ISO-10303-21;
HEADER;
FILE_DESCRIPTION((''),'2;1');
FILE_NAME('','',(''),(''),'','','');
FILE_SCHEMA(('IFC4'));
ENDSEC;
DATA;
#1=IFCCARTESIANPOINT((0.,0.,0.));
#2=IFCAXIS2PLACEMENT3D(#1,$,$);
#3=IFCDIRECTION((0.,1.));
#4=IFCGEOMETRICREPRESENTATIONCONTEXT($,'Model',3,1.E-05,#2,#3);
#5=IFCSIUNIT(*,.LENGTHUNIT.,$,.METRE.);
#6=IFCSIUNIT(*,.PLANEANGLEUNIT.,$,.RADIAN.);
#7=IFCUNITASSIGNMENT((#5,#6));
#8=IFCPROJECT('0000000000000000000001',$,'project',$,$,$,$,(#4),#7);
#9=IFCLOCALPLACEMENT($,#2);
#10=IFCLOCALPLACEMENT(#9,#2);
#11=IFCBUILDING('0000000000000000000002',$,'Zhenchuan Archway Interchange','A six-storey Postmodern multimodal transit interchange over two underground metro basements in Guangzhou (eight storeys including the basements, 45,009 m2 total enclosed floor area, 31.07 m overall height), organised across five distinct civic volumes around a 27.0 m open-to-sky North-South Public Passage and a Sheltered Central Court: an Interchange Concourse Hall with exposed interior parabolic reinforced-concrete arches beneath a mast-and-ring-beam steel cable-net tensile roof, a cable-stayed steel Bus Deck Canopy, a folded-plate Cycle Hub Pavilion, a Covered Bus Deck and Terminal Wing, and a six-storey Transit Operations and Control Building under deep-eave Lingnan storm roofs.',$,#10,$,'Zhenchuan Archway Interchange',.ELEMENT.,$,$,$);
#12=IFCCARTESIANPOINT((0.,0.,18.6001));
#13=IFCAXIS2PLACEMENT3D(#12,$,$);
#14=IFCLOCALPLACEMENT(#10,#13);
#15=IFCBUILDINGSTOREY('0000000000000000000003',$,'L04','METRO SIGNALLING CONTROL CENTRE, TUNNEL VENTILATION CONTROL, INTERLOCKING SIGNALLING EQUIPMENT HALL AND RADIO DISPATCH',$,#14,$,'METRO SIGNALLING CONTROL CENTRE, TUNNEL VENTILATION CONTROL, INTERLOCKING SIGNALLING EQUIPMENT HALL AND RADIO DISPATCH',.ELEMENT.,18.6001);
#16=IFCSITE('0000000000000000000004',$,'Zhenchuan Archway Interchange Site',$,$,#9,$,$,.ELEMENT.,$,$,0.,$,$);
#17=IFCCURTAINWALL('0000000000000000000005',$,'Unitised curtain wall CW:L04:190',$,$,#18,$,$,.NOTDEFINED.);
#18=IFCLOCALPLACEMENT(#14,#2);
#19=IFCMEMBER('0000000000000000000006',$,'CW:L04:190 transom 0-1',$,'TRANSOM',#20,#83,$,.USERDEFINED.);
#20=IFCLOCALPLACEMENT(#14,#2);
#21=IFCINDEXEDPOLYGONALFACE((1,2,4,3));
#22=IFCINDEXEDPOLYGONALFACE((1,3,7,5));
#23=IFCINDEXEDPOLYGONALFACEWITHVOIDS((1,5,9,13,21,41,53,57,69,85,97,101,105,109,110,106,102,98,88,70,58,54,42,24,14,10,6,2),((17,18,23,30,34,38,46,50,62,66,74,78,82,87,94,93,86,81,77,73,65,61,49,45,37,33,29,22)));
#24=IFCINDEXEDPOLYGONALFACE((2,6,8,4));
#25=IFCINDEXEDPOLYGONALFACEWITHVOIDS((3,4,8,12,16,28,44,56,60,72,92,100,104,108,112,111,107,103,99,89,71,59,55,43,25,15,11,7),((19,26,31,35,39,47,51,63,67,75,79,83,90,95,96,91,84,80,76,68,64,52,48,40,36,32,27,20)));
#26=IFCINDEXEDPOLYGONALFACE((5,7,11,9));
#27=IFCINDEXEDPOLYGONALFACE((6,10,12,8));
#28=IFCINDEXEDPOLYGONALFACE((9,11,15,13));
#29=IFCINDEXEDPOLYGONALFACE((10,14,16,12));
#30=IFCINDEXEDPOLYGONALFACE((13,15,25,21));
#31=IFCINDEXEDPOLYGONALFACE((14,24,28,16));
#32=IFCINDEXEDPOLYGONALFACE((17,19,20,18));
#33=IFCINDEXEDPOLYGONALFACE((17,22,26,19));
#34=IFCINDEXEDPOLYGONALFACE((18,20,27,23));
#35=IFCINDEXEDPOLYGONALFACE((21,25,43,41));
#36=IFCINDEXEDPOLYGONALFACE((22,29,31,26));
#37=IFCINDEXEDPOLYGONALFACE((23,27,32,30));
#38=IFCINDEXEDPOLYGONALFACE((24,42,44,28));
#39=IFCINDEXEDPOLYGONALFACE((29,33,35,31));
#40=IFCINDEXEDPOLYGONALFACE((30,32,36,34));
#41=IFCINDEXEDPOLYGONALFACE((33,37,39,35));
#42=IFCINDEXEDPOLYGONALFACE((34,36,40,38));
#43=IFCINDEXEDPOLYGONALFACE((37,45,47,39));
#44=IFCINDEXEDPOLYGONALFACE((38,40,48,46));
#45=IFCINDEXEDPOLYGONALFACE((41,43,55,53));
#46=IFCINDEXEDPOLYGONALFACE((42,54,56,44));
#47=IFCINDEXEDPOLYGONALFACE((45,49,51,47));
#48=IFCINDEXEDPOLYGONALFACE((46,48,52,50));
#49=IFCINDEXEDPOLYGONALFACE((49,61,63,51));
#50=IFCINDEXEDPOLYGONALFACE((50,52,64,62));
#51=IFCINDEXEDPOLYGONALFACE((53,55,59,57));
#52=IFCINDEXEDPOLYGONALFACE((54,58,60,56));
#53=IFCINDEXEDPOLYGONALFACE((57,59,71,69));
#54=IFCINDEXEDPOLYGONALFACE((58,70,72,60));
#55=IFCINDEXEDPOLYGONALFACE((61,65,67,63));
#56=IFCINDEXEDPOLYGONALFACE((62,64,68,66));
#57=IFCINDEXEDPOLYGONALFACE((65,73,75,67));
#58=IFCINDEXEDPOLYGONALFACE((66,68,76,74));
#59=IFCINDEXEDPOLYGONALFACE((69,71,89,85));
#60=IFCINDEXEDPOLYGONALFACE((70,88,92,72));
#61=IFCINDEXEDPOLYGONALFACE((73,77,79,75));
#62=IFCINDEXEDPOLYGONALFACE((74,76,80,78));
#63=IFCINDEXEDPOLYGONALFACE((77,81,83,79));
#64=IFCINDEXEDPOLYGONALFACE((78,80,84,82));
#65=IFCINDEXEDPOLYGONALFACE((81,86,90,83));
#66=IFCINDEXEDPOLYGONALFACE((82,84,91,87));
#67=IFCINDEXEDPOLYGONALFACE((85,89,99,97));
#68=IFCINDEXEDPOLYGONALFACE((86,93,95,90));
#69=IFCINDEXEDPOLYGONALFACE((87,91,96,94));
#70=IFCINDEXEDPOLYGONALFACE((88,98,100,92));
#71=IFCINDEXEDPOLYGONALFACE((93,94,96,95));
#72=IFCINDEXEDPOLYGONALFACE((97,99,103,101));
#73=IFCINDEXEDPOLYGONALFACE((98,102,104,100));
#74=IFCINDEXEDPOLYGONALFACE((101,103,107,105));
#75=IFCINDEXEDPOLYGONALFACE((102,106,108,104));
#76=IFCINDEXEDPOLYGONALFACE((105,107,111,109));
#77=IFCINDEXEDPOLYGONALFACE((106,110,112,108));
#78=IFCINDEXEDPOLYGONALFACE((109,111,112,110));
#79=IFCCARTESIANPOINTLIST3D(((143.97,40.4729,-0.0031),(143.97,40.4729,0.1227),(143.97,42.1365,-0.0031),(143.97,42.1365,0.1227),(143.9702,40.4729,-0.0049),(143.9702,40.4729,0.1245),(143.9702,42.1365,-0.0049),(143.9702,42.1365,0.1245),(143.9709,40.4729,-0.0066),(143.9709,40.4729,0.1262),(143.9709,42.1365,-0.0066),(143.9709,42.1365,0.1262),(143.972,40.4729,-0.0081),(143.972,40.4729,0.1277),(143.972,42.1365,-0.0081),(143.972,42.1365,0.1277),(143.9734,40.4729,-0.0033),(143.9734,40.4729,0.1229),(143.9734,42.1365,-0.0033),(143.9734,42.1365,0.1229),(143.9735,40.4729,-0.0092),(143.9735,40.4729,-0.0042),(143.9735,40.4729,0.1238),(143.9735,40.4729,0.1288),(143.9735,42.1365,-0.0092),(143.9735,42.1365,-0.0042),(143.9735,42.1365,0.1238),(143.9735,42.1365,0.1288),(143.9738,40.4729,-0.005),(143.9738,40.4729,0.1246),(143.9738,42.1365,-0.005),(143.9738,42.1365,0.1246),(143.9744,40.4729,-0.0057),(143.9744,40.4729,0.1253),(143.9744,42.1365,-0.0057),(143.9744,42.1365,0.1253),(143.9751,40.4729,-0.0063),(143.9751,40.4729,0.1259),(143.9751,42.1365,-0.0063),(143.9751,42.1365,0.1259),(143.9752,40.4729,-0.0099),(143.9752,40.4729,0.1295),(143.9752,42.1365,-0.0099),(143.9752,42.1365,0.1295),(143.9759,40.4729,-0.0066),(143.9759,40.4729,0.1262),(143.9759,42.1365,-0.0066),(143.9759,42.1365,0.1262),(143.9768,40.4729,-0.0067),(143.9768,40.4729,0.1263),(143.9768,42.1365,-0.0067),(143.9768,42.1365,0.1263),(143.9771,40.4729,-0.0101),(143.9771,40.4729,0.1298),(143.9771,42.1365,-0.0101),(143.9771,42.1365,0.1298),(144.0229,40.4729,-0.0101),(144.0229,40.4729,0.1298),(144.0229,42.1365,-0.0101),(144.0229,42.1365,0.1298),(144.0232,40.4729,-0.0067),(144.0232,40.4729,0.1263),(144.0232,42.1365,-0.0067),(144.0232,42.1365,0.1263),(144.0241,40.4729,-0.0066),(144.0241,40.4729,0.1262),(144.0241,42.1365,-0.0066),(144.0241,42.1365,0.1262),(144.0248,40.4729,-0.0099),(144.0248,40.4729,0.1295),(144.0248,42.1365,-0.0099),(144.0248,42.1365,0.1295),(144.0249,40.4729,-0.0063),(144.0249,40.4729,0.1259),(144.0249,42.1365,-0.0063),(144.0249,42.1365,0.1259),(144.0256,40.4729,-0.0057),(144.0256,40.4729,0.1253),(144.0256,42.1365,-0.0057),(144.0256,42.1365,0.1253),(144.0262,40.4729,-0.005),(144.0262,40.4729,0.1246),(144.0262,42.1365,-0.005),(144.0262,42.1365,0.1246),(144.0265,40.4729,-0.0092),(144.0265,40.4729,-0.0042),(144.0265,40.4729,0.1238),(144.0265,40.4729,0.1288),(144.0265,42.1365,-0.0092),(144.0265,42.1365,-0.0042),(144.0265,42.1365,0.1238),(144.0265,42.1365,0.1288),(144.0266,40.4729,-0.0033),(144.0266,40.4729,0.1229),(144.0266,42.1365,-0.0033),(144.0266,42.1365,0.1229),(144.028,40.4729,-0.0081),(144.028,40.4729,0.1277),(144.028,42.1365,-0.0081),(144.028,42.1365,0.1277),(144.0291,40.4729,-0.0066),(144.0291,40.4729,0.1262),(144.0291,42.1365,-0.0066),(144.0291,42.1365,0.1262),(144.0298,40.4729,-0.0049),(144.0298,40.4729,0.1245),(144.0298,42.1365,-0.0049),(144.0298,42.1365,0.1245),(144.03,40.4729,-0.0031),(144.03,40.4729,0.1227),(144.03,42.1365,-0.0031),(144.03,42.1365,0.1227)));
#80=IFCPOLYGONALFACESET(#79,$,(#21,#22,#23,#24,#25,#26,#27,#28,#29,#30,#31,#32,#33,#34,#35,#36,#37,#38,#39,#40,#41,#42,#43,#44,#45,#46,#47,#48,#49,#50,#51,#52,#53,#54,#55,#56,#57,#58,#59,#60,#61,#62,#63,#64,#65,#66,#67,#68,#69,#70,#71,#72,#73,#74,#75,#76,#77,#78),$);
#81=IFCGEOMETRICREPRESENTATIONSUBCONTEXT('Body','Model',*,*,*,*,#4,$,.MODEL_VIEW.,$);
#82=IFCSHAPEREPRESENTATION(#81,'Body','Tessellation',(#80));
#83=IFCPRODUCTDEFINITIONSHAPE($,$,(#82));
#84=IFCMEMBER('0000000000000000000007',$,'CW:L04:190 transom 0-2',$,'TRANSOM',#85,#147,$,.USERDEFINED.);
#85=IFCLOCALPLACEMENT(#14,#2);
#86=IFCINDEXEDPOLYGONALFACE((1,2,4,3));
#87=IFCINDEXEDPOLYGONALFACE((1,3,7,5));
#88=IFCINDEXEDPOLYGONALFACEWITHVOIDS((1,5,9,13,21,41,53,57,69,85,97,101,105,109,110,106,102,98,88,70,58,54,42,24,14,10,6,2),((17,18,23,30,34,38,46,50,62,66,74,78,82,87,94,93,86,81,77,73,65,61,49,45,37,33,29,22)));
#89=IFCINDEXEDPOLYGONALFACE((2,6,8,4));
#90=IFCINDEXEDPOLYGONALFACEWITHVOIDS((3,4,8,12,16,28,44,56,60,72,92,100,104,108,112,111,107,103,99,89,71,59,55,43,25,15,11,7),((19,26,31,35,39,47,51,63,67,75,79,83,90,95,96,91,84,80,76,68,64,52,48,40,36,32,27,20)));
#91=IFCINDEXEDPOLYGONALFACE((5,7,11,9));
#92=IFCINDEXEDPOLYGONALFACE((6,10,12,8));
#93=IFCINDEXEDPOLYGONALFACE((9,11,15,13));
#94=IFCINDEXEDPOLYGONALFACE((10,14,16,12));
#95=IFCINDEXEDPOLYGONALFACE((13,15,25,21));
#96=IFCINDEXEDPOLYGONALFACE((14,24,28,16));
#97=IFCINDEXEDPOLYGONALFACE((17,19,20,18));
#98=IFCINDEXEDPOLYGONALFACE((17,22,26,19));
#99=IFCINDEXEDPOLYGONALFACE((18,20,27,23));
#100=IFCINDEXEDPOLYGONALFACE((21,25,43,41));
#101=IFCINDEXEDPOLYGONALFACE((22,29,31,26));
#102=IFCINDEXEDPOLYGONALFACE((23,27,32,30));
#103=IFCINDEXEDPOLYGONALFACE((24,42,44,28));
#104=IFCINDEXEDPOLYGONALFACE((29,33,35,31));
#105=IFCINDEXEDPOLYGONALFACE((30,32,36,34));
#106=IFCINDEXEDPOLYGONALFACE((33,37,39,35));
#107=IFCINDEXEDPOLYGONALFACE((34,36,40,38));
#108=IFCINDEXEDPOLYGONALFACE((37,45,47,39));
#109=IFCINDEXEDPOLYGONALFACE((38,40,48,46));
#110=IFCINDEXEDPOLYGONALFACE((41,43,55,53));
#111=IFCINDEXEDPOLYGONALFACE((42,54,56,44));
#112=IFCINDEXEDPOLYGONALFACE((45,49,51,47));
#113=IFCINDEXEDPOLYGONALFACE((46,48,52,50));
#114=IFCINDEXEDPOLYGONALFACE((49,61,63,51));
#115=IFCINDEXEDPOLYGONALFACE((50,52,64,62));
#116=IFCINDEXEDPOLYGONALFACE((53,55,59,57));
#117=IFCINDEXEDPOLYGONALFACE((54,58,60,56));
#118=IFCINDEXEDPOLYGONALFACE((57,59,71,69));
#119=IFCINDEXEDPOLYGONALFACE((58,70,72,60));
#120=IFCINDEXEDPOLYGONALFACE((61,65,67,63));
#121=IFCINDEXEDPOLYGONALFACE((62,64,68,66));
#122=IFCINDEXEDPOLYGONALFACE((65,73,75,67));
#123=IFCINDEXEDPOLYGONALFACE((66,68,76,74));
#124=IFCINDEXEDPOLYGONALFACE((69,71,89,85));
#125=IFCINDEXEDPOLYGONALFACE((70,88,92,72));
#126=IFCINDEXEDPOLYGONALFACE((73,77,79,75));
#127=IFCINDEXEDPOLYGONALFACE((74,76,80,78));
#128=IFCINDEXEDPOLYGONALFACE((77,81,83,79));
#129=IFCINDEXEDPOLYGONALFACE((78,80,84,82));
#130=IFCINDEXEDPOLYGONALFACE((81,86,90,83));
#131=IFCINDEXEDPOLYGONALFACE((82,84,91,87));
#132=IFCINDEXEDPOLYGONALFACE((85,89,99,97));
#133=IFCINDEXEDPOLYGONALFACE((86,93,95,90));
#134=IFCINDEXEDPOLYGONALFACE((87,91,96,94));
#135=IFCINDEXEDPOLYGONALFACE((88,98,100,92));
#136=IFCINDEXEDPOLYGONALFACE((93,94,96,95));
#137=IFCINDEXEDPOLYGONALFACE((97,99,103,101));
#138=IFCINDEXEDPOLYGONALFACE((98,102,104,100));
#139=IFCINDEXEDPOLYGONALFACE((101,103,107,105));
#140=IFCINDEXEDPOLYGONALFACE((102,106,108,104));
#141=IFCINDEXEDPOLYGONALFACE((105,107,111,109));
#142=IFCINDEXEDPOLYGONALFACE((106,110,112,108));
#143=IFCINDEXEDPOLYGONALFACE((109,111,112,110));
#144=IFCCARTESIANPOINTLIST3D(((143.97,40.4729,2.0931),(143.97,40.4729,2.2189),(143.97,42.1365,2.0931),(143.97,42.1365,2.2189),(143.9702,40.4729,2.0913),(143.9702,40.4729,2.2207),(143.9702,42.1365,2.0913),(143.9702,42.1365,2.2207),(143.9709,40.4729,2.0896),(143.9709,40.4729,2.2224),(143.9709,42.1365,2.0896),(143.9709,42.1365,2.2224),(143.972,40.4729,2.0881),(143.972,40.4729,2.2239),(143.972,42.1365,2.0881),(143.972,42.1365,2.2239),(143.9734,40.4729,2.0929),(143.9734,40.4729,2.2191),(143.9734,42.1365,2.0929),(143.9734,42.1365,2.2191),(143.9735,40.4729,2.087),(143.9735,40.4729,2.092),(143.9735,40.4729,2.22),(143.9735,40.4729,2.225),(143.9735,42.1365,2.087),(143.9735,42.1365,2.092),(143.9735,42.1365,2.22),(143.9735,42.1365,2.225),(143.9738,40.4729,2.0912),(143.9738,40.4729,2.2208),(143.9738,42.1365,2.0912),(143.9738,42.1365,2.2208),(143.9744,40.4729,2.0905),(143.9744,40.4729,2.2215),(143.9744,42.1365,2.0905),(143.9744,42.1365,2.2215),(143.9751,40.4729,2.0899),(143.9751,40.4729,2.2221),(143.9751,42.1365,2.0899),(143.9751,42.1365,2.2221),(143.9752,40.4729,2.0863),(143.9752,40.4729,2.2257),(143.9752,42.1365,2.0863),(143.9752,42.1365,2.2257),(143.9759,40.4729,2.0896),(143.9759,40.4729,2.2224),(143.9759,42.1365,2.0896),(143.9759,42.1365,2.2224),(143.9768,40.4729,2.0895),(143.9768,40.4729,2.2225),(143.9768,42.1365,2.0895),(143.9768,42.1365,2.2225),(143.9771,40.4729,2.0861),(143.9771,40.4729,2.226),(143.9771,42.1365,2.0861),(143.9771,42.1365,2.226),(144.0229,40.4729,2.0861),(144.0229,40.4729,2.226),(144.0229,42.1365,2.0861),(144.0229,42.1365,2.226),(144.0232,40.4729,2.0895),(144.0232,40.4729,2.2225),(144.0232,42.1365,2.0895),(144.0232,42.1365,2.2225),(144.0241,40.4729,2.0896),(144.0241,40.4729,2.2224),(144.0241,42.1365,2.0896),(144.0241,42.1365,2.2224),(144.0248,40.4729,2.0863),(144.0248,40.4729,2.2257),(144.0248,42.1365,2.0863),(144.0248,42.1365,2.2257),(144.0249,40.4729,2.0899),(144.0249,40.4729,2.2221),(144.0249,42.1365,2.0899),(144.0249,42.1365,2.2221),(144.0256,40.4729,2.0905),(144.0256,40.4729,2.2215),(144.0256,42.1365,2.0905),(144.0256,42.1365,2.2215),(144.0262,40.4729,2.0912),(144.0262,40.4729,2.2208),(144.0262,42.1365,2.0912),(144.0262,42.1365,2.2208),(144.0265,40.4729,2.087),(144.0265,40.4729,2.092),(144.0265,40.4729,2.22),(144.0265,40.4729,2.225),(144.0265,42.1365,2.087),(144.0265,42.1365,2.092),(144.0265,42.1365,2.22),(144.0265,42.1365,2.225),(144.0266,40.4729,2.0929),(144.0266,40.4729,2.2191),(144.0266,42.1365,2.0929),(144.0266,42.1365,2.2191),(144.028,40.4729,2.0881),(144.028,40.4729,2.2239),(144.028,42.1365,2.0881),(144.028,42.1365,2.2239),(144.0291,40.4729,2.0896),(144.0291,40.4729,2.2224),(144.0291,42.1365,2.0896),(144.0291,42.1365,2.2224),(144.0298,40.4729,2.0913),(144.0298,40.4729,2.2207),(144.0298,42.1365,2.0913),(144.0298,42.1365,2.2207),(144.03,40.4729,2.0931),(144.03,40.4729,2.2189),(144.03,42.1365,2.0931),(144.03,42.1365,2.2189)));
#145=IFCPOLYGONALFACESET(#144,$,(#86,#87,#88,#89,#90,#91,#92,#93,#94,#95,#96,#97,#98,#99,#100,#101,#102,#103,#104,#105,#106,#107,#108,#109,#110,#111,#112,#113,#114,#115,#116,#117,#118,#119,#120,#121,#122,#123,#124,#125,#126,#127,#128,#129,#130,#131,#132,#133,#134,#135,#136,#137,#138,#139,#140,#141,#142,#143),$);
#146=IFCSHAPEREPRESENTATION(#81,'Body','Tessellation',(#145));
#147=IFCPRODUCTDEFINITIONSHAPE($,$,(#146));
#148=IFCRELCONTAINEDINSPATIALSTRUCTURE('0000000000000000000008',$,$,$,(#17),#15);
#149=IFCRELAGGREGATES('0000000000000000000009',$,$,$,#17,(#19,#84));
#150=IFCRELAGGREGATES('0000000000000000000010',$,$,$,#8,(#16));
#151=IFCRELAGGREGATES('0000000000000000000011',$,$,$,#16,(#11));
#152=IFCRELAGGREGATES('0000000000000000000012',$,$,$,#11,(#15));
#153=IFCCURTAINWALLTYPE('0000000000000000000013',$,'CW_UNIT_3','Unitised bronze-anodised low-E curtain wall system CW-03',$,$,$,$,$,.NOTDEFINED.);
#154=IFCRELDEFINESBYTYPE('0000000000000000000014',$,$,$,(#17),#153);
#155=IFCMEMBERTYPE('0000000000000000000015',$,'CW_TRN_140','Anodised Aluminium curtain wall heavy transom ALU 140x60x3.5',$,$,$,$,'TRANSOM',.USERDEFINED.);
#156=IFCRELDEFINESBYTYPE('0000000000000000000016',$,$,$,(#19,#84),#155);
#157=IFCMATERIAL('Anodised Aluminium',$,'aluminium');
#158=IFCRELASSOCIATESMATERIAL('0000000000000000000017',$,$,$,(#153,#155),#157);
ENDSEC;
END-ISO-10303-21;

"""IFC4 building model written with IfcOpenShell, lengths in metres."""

from ifc_helpers import new_model, si_unit, direction, frame, origin, origin_2d, place, context, subcontext, project, spatial, hollow_rectangle, extrude, material, material_profile, profile_set, type_object, element, aggregate, save


model = new_model("IFC4")

# Units and contexts
model_context = context("Model", 3, precision=1e-05, world=origin(), true_north=direction((0.0, 1.0)))
body_context = subcontext(model_context, "Body", "Model", "MODEL_VIEW")
ifc_project = project(units=[si_unit("LENGTHUNIT", "METRE"), si_unit("PLANEANGLEUNIT", "RADIAN")], contexts=[model_context])

# Site, building, storey
site_placement = place(None, origin())
site = spatial("IfcSite", under=ifc_project, at=site_placement, Name="Zhenchuan Archway Interchange Site", CompositionType="ELEMENT", RefElevation=0.0)
building_placement = place(site_placement, origin())
building = spatial("IfcBuilding", under=site, at=building_placement, Name="Zhenchuan Archway Interchange", Description="A six-storey Postmodern multimodal transit interchange over two underground metro basements in Guangzhou (eight storeys including the basements, 45,009 m2 total enclosed floor area, 31.07 m overall height), organised across five distinct civic volumes around a 27.0 m open-to-sky North-South Public Passage and a Sheltered Central Court: an Interchange Concourse Hall with exposed interior parabolic reinforced-concrete arches beneath a mast-and-ring-beam steel cable-net tensile roof, a cable-stayed steel Bus Deck Canopy, a folded-plate Cycle Hub Pavilion, a Covered Bus Deck and Terminal Wing, and a six-storey Transit Operations and Control Building under deep-eave Lingnan storm roofs.", LongName="Zhenchuan Archway Interchange", CompositionType="ELEMENT")
storey_placement = place(building_placement, frame((0.0, 0.0, 18.6001)))
storey = spatial("IfcBuildingStorey", under=building, at=storey_placement, Name="L04", Description="METRO SIGNALLING CONTROL CENTRE, TUNNEL VENTILATION CONTROL, INTERLOCKING SIGNALLING EQUIPMENT HALL AND RADIO DISPATCH", LongName="METRO SIGNALLING CONTROL CENTRE, TUNNEL VENTILATION CONTROL, INTERLOCKING SIGNALLING EQUIPMENT HALL AND RADIO DISPATCH", CompositionType="ELEMENT", Elevation=18.6001)

# Curtain wall, members
ifc_material_1 = material(Name="Anodised Aluminium", Category="aluminium")
curtain_wall_type = type_object("IfcCurtainWallType", Name="CW_UNIT_3", Description="Unitised bronze-anodised low-E curtain wall system CW-03", PredefinedType="NOTDEFINED", material=ifc_material_1)
curtain_wall_placement = place(storey_placement, origin())
curtain_wall = element("IfcCurtainWall", 1, at=curtain_wall_placement, inside=storey, type_object=curtain_wall_type, Name="Unitised curtain wall CW:L04:190", PredefinedType="NOTDEFINED")
ifc_material_profile_1 = material_profile(ifc_material_1, hollow_rectangle(XDim=0.0601, YDim=0.1399, WallThickness=0.0034, InnerFilletRadius=0.0034, OuterFilletRadius=0.0071, at=origin_2d()), Name="ALU 140x60x3.5")
ifc_profile_set_1 = profile_set([ifc_material_profile_1], Name="Anodised Aluminium")
member_type_1 = type_object("IfcMemberType", Name="CW_TRN_140", Description="Anodised Aluminium curtain wall heavy transom ALU 140x60x3.5", ElementType="TRANSOM", PredefinedType="USERDEFINED", material=ifc_profile_set_1)
member_1_placement = place(storey_placement, frame((144.0, 40.4729, 0.0598), z_axis=(0.0, 1.0, 0.0), x_axis=(-1.0, 0.0, 0.0)))
member_1 = element("IfcMember", 2, at=member_1_placement, type_object=member_type_1, Name="CW:L04:190 transom 0-1", ObjectType="TRANSOM", PredefinedType="USERDEFINED", context=body_context, shape_type="SweptSolid", body=[
    extrude(hollow_rectangle(XDim=0.0601, YDim=0.1399, WallThickness=0.0034, InnerFilletRadius=0.0034, OuterFilletRadius=0.0071, at=origin_2d()), origin(), (0.0, 0.0, 1.0), 1.6636),
])
member_2_placement = place(storey_placement, frame((144.0, 40.4729, 2.156), z_axis=(0.0, 1.0, 0.0), x_axis=(-1.0, 0.0, 0.0)))
member_2 = element("IfcMember", 3, at=member_2_placement, type_object=member_type_1, Name="CW:L04:190 transom 0-2", ObjectType="TRANSOM", PredefinedType="USERDEFINED", context=body_context, shape_type="SweptSolid", body=[
    extrude(hollow_rectangle(XDim=0.0601, YDim=0.1399, WallThickness=0.0034, InnerFilletRadius=0.0034, OuterFilletRadius=0.0071, at=origin_2d()), origin(), (0.0, 0.0, 1.0), 1.6636),
])

aggregate(curtain_wall, [member_1, member_2])

save(model, "model.ifc")
